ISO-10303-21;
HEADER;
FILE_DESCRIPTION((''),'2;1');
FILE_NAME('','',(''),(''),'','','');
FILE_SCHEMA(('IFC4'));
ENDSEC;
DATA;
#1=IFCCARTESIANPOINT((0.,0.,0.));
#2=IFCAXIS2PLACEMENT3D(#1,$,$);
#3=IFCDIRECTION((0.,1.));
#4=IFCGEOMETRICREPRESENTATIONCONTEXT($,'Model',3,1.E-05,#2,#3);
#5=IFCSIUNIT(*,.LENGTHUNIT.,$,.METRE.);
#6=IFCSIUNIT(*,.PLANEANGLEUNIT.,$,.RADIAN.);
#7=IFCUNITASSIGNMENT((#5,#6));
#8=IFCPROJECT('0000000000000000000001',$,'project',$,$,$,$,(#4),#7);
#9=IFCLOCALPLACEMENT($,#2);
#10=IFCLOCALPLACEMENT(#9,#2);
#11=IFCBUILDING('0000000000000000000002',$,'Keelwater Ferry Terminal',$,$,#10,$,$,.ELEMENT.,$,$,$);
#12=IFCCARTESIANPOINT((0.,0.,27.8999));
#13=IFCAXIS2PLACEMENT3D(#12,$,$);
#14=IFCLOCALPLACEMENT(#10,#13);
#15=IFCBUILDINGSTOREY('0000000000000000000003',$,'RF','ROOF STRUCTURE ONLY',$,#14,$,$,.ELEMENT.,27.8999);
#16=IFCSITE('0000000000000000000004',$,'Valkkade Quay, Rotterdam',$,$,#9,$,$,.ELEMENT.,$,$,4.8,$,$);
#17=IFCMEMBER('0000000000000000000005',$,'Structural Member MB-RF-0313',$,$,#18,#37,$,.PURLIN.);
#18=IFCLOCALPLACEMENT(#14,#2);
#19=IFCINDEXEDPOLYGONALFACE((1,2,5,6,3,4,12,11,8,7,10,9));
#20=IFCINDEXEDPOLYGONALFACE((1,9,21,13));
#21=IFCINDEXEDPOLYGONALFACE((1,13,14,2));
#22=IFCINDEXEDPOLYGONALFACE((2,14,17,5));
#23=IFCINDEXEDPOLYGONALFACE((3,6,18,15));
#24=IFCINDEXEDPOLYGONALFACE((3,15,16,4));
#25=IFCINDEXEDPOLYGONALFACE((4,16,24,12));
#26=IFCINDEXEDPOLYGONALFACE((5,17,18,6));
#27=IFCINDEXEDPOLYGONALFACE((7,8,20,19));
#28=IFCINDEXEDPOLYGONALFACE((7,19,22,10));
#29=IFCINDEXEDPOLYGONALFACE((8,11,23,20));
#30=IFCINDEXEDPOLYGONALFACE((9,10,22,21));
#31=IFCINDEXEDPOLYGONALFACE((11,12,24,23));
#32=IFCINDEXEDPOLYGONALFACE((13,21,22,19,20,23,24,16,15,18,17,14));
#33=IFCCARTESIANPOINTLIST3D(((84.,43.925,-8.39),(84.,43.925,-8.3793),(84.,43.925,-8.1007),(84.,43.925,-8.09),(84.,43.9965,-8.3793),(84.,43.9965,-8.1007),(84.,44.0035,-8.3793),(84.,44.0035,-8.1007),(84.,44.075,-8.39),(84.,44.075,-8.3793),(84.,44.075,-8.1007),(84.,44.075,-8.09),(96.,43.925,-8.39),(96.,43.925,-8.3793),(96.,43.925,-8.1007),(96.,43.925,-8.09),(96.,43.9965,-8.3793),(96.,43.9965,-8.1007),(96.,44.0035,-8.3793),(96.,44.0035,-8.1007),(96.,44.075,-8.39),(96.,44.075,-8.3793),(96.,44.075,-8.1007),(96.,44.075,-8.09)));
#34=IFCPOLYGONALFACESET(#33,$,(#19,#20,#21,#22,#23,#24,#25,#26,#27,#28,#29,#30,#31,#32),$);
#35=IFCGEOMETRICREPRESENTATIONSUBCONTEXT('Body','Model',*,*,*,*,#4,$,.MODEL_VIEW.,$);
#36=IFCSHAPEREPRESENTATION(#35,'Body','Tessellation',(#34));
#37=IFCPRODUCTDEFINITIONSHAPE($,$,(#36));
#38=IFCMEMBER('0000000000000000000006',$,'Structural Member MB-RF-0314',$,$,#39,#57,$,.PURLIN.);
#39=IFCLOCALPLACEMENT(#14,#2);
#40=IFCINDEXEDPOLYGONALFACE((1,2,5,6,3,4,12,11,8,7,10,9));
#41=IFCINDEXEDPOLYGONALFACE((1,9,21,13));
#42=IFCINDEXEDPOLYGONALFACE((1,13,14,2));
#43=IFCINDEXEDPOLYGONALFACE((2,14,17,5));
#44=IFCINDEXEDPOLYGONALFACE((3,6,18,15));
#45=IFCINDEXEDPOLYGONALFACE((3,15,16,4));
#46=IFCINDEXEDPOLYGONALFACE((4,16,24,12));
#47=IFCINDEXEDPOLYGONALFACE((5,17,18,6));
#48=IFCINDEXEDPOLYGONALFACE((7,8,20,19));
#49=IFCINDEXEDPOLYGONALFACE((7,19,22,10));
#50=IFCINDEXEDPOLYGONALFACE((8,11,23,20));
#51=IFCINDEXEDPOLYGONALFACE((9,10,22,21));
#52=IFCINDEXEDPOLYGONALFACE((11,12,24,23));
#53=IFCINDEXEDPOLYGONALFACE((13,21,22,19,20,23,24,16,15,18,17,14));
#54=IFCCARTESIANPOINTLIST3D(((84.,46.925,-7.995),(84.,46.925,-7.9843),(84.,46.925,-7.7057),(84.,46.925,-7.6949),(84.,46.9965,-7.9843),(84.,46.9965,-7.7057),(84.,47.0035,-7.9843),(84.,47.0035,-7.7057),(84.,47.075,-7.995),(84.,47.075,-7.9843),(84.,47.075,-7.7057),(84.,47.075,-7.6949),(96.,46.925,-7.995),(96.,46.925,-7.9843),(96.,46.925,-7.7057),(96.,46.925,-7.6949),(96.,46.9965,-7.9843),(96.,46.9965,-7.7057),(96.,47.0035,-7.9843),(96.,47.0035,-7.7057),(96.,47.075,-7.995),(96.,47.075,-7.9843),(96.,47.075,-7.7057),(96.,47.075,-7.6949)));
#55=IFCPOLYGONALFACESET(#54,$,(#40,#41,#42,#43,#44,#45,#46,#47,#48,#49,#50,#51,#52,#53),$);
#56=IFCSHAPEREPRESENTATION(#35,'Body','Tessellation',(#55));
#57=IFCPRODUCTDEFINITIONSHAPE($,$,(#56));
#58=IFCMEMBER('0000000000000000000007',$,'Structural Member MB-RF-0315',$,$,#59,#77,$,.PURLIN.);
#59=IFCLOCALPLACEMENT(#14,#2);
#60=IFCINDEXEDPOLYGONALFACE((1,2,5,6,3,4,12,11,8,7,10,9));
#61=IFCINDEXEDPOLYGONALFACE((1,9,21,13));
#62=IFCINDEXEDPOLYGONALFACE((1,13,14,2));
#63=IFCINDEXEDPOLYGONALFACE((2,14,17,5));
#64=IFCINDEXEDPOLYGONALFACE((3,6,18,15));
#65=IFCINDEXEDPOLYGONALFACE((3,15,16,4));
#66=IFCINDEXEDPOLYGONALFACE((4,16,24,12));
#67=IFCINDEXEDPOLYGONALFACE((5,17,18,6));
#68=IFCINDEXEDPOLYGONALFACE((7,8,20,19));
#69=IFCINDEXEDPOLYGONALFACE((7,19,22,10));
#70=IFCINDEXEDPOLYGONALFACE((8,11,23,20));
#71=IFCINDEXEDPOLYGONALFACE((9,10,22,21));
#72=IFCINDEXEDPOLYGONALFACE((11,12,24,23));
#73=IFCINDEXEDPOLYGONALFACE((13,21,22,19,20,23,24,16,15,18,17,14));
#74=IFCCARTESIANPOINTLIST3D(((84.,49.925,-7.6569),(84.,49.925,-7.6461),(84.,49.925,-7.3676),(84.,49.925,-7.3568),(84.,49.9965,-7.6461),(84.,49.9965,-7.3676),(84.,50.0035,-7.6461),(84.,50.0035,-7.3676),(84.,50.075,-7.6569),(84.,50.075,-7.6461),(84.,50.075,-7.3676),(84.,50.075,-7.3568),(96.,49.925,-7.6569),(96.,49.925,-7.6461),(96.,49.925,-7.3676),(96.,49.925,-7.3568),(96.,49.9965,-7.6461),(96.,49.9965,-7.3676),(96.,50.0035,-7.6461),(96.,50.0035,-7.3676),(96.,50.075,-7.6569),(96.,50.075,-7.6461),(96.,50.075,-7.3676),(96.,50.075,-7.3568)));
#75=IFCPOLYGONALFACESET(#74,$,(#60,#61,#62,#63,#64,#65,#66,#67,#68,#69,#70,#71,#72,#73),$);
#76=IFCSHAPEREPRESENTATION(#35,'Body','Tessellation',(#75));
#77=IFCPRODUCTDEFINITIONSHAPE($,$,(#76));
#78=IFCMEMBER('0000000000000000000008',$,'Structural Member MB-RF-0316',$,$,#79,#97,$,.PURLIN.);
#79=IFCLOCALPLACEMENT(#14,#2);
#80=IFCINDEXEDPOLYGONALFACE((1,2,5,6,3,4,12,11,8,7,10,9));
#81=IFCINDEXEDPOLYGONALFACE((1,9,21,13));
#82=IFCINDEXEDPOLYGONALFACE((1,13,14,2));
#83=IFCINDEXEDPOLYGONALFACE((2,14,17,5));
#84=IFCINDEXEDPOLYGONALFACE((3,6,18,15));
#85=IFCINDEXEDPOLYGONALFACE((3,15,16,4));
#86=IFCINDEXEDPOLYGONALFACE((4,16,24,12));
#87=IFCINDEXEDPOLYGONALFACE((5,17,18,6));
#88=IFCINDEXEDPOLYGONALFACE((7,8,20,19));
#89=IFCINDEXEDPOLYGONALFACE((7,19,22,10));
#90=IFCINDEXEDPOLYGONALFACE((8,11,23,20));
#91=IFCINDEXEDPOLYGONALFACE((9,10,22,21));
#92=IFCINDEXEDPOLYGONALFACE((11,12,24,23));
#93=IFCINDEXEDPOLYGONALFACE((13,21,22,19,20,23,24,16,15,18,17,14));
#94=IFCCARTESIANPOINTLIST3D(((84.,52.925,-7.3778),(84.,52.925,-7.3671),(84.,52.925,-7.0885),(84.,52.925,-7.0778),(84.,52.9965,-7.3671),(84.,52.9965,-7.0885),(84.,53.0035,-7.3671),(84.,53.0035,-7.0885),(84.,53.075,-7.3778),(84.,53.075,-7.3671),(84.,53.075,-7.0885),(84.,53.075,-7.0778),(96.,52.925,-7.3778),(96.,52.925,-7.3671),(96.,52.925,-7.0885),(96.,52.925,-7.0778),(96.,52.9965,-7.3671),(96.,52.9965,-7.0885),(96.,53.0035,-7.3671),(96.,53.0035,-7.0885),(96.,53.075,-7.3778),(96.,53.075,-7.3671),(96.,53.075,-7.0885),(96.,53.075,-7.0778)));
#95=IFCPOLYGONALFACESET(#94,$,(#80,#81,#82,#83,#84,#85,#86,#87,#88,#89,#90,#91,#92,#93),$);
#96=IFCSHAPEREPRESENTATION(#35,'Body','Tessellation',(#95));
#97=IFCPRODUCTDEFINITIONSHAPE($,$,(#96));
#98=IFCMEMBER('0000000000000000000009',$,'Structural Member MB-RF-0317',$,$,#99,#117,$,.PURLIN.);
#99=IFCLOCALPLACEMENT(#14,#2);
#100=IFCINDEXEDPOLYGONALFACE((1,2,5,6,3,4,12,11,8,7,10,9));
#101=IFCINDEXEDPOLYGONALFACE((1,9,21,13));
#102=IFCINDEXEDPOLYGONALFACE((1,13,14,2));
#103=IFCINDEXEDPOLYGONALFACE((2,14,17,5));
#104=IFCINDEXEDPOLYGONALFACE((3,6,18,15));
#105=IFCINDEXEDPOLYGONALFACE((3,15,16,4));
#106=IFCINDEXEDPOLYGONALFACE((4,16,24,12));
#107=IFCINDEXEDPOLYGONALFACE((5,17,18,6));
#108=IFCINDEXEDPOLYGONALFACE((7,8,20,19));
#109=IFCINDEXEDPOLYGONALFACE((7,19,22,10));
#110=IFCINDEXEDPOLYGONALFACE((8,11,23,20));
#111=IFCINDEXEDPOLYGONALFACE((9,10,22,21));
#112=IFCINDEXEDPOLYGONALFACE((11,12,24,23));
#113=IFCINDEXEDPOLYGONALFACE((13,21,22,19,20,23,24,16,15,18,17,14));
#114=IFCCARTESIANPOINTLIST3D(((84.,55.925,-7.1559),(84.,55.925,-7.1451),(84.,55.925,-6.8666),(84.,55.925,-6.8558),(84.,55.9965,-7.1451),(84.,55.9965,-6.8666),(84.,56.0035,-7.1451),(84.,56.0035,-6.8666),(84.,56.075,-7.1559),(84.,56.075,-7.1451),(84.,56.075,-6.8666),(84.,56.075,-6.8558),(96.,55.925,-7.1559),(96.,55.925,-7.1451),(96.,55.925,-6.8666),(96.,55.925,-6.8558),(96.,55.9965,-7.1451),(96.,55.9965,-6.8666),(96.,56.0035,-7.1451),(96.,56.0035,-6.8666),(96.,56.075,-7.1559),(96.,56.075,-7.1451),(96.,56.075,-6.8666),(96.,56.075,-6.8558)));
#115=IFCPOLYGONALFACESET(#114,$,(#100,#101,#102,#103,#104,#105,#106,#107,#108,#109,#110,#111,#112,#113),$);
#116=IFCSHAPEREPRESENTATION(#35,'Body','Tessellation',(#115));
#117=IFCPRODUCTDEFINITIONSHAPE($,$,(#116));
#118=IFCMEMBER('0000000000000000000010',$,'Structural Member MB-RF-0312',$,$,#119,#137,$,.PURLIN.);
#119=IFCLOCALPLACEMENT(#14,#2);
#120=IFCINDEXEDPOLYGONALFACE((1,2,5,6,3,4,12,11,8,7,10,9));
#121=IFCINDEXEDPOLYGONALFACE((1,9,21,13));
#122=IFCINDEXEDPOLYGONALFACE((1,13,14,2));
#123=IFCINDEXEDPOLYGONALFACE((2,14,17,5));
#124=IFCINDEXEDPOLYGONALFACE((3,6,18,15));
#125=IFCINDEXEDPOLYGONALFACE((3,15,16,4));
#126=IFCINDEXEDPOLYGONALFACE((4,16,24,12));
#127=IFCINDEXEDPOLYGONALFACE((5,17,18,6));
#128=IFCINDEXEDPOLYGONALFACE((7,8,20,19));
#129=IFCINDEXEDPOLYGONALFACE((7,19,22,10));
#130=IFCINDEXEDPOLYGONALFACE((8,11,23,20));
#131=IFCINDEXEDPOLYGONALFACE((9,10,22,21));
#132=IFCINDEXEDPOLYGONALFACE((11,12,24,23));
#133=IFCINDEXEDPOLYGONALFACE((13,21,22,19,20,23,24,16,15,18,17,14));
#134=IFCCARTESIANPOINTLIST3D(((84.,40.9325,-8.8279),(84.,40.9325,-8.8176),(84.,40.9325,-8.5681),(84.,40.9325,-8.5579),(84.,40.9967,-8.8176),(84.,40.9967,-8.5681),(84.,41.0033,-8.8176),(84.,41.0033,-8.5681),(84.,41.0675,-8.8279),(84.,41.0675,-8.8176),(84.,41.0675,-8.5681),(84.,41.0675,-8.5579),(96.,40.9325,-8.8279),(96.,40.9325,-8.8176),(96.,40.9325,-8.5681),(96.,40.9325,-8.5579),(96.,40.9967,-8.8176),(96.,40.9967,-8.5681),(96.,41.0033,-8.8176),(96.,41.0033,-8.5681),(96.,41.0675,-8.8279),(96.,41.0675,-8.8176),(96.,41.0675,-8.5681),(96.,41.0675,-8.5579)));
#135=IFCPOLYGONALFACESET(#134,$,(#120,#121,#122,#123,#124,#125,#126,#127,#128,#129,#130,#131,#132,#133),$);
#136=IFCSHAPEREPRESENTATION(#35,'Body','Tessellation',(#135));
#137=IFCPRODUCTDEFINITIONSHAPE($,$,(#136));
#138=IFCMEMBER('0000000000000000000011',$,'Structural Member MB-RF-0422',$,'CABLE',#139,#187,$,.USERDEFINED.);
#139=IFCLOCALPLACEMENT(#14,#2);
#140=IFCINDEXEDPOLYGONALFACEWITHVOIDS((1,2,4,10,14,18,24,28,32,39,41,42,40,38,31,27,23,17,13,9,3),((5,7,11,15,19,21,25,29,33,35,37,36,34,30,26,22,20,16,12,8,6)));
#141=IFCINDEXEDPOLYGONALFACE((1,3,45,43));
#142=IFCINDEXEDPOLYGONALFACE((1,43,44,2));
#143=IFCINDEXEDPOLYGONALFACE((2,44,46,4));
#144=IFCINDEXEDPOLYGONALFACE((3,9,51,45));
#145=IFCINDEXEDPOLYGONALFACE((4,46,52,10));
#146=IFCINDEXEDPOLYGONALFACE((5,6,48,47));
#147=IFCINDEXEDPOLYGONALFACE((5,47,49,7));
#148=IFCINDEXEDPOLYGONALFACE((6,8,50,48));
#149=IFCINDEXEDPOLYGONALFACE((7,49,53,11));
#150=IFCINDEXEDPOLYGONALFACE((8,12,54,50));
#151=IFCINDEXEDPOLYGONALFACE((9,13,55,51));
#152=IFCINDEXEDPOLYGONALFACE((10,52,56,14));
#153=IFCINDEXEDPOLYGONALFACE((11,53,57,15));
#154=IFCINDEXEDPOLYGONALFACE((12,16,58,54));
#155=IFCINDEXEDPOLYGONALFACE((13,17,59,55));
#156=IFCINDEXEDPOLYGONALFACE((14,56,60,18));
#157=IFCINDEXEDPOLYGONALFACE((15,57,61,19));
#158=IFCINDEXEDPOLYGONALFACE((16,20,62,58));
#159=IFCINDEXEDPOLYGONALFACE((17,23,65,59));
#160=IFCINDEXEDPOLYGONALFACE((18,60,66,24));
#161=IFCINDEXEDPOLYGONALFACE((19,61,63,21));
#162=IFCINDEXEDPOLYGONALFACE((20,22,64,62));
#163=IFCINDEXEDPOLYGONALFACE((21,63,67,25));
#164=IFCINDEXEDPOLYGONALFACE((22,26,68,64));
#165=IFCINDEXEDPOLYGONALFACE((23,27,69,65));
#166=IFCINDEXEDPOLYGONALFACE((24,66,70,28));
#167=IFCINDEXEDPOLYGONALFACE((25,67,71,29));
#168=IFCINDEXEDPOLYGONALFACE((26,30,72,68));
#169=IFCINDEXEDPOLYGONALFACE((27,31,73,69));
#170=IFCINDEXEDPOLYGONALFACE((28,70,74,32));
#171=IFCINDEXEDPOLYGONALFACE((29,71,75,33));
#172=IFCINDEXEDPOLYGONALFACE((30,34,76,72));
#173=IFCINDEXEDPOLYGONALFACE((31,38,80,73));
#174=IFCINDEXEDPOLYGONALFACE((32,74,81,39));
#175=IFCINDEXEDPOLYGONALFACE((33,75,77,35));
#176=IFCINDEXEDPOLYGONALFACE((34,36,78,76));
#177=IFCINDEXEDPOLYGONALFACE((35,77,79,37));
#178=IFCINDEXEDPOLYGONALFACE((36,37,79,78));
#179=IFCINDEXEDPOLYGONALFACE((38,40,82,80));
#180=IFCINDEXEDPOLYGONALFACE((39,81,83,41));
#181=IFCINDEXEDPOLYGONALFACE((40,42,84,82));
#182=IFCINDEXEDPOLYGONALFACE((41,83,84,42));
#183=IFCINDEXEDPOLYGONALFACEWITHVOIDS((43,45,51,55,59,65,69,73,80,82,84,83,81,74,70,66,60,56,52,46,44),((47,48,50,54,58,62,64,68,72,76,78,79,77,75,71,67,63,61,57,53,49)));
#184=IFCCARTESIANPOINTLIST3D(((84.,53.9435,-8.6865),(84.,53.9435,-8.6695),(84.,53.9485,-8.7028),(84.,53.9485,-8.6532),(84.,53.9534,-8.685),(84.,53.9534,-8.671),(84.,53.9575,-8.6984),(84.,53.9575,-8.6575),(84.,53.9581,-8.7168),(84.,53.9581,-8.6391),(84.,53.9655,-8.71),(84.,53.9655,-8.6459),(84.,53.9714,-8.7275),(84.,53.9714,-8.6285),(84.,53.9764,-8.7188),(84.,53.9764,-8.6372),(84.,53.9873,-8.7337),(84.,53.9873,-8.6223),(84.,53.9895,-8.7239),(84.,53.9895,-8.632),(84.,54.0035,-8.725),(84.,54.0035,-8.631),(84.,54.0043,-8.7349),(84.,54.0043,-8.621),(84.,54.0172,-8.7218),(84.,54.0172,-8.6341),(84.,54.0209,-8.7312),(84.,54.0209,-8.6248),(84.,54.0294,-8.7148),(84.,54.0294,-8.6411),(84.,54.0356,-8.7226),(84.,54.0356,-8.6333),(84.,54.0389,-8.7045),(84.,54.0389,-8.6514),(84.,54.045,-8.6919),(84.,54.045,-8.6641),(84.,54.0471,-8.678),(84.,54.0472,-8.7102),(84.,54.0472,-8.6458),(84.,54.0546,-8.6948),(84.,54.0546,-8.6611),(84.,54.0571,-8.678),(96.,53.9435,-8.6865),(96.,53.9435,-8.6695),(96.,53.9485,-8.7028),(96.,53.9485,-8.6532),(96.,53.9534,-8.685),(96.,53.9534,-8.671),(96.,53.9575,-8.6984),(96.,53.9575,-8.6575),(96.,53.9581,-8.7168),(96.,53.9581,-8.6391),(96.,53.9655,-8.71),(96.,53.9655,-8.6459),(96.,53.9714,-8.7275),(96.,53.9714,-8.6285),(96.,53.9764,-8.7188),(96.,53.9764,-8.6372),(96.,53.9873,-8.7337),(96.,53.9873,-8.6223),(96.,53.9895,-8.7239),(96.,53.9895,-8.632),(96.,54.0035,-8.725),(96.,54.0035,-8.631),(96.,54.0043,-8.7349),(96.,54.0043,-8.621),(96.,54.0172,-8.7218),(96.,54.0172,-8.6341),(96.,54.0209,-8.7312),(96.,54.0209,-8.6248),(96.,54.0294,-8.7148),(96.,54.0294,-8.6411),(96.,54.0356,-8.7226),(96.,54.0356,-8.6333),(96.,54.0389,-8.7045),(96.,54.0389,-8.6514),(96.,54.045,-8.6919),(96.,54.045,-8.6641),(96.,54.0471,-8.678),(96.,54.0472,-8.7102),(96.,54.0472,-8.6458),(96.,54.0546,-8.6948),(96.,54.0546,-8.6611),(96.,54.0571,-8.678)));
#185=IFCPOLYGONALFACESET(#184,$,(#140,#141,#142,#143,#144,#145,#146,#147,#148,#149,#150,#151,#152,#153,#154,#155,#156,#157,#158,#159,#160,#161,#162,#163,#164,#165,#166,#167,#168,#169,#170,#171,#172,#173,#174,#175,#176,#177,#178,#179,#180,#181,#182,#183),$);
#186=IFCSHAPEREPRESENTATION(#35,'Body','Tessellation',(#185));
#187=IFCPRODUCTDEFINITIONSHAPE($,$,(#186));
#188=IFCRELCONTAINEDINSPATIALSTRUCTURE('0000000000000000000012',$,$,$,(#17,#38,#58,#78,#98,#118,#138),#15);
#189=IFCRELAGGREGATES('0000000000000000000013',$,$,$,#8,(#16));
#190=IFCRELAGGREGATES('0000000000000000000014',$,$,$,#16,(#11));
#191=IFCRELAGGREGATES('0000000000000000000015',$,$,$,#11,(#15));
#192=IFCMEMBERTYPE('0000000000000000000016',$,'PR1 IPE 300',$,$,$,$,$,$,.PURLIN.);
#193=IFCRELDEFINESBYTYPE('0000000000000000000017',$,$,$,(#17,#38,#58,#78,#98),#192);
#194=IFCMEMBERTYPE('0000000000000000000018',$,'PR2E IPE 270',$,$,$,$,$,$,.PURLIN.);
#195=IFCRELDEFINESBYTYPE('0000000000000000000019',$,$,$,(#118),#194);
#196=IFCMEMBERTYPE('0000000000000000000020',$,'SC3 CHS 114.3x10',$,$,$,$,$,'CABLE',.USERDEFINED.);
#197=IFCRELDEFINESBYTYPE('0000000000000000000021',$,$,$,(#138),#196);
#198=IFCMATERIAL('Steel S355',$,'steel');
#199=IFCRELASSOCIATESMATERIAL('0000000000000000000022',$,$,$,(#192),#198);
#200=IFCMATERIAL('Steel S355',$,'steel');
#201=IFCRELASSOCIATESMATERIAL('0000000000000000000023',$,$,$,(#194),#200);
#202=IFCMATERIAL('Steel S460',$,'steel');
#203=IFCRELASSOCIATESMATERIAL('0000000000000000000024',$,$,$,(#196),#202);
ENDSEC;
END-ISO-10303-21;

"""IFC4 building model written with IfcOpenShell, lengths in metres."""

from ifc_helpers import new_model, si_unit, direction, frame, origin, origin_2d, place, context, subcontext, project, spatial, hollow_circle, i_section, extrude, material, material_profile, profile_set, type_object, element, save


model = new_model("IFC4")

# Units and contexts
model_context = context("Model", 3, precision=1e-05, world=origin(), true_north=direction((0.0, 1.0)))
body_context = subcontext(model_context, "Body", "Model", "MODEL_VIEW")
ifc_project = project(units=[si_unit("LENGTHUNIT", "METRE"), si_unit("PLANEANGLEUNIT", "RADIAN")], contexts=[model_context])

# Site, building, storey
site_placement = place(None, origin())
site = spatial("IfcSite", under=ifc_project, at=site_placement, Name="Valkkade Quay, Rotterdam", CompositionType="ELEMENT", RefElevation=4.8)
building_placement = place(site_placement, origin())
building = spatial("IfcBuilding", under=site, at=building_placement, Name="Keelwater Ferry Terminal", CompositionType="ELEMENT")
storey_placement = place(building_placement, frame((0.0, 0.0, 27.8999)))
storey = spatial("IfcBuildingStorey", under=building, at=storey_placement, Name="RF", Description="ROOF STRUCTURE ONLY", CompositionType="ELEMENT", Elevation=27.8999)

# Members
ifc_material_1 = material(Name="Steel S355", Category="steel")
ifc_material_profile_1 = material_profile(ifc_material_1, i_section(OverallWidth=0.1499, OverallDepth=0.3, WebThickness=0.0071, FlangeThickness=0.0107, at=origin_2d()), Name="IPE 300")
ifc_profile_set_1 = profile_set([ifc_material_profile_1], Name="Steel S355")
member_type_1 = type_object("IfcMemberType", Name="PR1 IPE 300", PredefinedType="PURLIN", material=ifc_profile_set_1)
for number, where, z_axis, x_axis, name in (
    (1, (84.0, 44.0, -8.24), (1.0, 0.0, 0.0), (0.0, 1.0, 0.0), "Structural Member MB-RF-0313"),
    (2, (84.0, 47.0, -7.845), (1.0, 0.0, 0.0), (0.0, 1.0, 0.0), "Structural Member MB-RF-0314"),
    (3, (84.0, 50.0, -7.5068), (1.0, 0.0, 0.0), (0.0, 1.0, 0.0), "Structural Member MB-RF-0315"),
    (4, (84.0, 53.0, -7.2278), (1.0, 0.0, 0.0), (0.0, 1.0, 0.0), "Structural Member MB-RF-0316"),
    (5, (84.0, 56.0, -7.0059), (1.0, 0.0, 0.0), (0.0, 1.0, 0.0), "Structural Member MB-RF-0317"),
):
    element("IfcMember", number, at=place(storey_placement, frame(where, z_axis=z_axis, x_axis=x_axis)), inside=storey, type_object=member_type_1, Name=name, PredefinedType="PURLIN", context=body_context, shape_type="SweptSolid", body=[
        extrude(i_section(OverallWidth=0.1499, OverallDepth=0.3, WebThickness=0.0071, FlangeThickness=0.0107, at=origin_2d()), origin(), (0.0, 0.0, 1.0), 12.0),
    ])
ifc_material_2 = material(Name="Steel S355", Category="steel")
ifc_material_profile_2 = material_profile(ifc_material_2, i_section(OverallWidth=0.135, OverallDepth=0.27, WebThickness=0.0066, FlangeThickness=0.0103, at=origin_2d()), Name="IPE 270")
ifc_profile_set_2 = profile_set([ifc_material_profile_2], Name="Steel S355")
member_type_2 = type_object("IfcMemberType", Name="PR2E IPE 270", PredefinedType="PURLIN", material=ifc_profile_set_2)
member_1_placement = place(storey_placement, frame((84.0, 41.0, -8.6929), z_axis=(1.0, 0.0, 0.0), x_axis=(0.0, 1.0, 0.0)))
element("IfcMember", 6, at=member_1_placement, inside=storey, type_object=member_type_2, Name="Structural Member MB-RF-0312", PredefinedType="PURLIN", context=body_context, shape_type="SweptSolid", body=[
    extrude(i_section(OverallWidth=0.135, OverallDepth=0.27, WebThickness=0.0066, FlangeThickness=0.0103, at=origin_2d()), origin(), (0.0, 0.0, 1.0), 12.0),
])
ifc_material_3 = material(Name="Steel S460", Category="steel")
ifc_material_profile_3 = material_profile(ifc_material_3, hollow_circle(Radius=0.0571, WallThickness=0.01, at=origin_2d()), Name="CHS 114.3x10")
ifc_profile_set_3 = profile_set([ifc_material_profile_3], Name="Steel S460")
member_type_3 = type_object("IfcMemberType", Name="SC3 CHS 114.3x10", ElementType="CABLE", PredefinedType="USERDEFINED", material=ifc_profile_set_3)
member_2_placement = place(storey_placement, frame((84.0, 54.0, -8.678), z_axis=(1.0, 0.0, 0.0), x_axis=(0.0, 1.0, 0.0)))
element("IfcMember", 7, at=member_2_placement, inside=storey, type_object=member_type_3, Name="Structural Member MB-RF-0422", ObjectType="CABLE", PredefinedType="USERDEFINED", context=body_context, shape_type="SweptSolid", body=[
    extrude(hollow_circle(Radius=0.0571, WallThickness=0.01, at=origin_2d()), origin(), (0.0, 0.0, 1.0), 12.0),
])

save(model, "model.ifc")
